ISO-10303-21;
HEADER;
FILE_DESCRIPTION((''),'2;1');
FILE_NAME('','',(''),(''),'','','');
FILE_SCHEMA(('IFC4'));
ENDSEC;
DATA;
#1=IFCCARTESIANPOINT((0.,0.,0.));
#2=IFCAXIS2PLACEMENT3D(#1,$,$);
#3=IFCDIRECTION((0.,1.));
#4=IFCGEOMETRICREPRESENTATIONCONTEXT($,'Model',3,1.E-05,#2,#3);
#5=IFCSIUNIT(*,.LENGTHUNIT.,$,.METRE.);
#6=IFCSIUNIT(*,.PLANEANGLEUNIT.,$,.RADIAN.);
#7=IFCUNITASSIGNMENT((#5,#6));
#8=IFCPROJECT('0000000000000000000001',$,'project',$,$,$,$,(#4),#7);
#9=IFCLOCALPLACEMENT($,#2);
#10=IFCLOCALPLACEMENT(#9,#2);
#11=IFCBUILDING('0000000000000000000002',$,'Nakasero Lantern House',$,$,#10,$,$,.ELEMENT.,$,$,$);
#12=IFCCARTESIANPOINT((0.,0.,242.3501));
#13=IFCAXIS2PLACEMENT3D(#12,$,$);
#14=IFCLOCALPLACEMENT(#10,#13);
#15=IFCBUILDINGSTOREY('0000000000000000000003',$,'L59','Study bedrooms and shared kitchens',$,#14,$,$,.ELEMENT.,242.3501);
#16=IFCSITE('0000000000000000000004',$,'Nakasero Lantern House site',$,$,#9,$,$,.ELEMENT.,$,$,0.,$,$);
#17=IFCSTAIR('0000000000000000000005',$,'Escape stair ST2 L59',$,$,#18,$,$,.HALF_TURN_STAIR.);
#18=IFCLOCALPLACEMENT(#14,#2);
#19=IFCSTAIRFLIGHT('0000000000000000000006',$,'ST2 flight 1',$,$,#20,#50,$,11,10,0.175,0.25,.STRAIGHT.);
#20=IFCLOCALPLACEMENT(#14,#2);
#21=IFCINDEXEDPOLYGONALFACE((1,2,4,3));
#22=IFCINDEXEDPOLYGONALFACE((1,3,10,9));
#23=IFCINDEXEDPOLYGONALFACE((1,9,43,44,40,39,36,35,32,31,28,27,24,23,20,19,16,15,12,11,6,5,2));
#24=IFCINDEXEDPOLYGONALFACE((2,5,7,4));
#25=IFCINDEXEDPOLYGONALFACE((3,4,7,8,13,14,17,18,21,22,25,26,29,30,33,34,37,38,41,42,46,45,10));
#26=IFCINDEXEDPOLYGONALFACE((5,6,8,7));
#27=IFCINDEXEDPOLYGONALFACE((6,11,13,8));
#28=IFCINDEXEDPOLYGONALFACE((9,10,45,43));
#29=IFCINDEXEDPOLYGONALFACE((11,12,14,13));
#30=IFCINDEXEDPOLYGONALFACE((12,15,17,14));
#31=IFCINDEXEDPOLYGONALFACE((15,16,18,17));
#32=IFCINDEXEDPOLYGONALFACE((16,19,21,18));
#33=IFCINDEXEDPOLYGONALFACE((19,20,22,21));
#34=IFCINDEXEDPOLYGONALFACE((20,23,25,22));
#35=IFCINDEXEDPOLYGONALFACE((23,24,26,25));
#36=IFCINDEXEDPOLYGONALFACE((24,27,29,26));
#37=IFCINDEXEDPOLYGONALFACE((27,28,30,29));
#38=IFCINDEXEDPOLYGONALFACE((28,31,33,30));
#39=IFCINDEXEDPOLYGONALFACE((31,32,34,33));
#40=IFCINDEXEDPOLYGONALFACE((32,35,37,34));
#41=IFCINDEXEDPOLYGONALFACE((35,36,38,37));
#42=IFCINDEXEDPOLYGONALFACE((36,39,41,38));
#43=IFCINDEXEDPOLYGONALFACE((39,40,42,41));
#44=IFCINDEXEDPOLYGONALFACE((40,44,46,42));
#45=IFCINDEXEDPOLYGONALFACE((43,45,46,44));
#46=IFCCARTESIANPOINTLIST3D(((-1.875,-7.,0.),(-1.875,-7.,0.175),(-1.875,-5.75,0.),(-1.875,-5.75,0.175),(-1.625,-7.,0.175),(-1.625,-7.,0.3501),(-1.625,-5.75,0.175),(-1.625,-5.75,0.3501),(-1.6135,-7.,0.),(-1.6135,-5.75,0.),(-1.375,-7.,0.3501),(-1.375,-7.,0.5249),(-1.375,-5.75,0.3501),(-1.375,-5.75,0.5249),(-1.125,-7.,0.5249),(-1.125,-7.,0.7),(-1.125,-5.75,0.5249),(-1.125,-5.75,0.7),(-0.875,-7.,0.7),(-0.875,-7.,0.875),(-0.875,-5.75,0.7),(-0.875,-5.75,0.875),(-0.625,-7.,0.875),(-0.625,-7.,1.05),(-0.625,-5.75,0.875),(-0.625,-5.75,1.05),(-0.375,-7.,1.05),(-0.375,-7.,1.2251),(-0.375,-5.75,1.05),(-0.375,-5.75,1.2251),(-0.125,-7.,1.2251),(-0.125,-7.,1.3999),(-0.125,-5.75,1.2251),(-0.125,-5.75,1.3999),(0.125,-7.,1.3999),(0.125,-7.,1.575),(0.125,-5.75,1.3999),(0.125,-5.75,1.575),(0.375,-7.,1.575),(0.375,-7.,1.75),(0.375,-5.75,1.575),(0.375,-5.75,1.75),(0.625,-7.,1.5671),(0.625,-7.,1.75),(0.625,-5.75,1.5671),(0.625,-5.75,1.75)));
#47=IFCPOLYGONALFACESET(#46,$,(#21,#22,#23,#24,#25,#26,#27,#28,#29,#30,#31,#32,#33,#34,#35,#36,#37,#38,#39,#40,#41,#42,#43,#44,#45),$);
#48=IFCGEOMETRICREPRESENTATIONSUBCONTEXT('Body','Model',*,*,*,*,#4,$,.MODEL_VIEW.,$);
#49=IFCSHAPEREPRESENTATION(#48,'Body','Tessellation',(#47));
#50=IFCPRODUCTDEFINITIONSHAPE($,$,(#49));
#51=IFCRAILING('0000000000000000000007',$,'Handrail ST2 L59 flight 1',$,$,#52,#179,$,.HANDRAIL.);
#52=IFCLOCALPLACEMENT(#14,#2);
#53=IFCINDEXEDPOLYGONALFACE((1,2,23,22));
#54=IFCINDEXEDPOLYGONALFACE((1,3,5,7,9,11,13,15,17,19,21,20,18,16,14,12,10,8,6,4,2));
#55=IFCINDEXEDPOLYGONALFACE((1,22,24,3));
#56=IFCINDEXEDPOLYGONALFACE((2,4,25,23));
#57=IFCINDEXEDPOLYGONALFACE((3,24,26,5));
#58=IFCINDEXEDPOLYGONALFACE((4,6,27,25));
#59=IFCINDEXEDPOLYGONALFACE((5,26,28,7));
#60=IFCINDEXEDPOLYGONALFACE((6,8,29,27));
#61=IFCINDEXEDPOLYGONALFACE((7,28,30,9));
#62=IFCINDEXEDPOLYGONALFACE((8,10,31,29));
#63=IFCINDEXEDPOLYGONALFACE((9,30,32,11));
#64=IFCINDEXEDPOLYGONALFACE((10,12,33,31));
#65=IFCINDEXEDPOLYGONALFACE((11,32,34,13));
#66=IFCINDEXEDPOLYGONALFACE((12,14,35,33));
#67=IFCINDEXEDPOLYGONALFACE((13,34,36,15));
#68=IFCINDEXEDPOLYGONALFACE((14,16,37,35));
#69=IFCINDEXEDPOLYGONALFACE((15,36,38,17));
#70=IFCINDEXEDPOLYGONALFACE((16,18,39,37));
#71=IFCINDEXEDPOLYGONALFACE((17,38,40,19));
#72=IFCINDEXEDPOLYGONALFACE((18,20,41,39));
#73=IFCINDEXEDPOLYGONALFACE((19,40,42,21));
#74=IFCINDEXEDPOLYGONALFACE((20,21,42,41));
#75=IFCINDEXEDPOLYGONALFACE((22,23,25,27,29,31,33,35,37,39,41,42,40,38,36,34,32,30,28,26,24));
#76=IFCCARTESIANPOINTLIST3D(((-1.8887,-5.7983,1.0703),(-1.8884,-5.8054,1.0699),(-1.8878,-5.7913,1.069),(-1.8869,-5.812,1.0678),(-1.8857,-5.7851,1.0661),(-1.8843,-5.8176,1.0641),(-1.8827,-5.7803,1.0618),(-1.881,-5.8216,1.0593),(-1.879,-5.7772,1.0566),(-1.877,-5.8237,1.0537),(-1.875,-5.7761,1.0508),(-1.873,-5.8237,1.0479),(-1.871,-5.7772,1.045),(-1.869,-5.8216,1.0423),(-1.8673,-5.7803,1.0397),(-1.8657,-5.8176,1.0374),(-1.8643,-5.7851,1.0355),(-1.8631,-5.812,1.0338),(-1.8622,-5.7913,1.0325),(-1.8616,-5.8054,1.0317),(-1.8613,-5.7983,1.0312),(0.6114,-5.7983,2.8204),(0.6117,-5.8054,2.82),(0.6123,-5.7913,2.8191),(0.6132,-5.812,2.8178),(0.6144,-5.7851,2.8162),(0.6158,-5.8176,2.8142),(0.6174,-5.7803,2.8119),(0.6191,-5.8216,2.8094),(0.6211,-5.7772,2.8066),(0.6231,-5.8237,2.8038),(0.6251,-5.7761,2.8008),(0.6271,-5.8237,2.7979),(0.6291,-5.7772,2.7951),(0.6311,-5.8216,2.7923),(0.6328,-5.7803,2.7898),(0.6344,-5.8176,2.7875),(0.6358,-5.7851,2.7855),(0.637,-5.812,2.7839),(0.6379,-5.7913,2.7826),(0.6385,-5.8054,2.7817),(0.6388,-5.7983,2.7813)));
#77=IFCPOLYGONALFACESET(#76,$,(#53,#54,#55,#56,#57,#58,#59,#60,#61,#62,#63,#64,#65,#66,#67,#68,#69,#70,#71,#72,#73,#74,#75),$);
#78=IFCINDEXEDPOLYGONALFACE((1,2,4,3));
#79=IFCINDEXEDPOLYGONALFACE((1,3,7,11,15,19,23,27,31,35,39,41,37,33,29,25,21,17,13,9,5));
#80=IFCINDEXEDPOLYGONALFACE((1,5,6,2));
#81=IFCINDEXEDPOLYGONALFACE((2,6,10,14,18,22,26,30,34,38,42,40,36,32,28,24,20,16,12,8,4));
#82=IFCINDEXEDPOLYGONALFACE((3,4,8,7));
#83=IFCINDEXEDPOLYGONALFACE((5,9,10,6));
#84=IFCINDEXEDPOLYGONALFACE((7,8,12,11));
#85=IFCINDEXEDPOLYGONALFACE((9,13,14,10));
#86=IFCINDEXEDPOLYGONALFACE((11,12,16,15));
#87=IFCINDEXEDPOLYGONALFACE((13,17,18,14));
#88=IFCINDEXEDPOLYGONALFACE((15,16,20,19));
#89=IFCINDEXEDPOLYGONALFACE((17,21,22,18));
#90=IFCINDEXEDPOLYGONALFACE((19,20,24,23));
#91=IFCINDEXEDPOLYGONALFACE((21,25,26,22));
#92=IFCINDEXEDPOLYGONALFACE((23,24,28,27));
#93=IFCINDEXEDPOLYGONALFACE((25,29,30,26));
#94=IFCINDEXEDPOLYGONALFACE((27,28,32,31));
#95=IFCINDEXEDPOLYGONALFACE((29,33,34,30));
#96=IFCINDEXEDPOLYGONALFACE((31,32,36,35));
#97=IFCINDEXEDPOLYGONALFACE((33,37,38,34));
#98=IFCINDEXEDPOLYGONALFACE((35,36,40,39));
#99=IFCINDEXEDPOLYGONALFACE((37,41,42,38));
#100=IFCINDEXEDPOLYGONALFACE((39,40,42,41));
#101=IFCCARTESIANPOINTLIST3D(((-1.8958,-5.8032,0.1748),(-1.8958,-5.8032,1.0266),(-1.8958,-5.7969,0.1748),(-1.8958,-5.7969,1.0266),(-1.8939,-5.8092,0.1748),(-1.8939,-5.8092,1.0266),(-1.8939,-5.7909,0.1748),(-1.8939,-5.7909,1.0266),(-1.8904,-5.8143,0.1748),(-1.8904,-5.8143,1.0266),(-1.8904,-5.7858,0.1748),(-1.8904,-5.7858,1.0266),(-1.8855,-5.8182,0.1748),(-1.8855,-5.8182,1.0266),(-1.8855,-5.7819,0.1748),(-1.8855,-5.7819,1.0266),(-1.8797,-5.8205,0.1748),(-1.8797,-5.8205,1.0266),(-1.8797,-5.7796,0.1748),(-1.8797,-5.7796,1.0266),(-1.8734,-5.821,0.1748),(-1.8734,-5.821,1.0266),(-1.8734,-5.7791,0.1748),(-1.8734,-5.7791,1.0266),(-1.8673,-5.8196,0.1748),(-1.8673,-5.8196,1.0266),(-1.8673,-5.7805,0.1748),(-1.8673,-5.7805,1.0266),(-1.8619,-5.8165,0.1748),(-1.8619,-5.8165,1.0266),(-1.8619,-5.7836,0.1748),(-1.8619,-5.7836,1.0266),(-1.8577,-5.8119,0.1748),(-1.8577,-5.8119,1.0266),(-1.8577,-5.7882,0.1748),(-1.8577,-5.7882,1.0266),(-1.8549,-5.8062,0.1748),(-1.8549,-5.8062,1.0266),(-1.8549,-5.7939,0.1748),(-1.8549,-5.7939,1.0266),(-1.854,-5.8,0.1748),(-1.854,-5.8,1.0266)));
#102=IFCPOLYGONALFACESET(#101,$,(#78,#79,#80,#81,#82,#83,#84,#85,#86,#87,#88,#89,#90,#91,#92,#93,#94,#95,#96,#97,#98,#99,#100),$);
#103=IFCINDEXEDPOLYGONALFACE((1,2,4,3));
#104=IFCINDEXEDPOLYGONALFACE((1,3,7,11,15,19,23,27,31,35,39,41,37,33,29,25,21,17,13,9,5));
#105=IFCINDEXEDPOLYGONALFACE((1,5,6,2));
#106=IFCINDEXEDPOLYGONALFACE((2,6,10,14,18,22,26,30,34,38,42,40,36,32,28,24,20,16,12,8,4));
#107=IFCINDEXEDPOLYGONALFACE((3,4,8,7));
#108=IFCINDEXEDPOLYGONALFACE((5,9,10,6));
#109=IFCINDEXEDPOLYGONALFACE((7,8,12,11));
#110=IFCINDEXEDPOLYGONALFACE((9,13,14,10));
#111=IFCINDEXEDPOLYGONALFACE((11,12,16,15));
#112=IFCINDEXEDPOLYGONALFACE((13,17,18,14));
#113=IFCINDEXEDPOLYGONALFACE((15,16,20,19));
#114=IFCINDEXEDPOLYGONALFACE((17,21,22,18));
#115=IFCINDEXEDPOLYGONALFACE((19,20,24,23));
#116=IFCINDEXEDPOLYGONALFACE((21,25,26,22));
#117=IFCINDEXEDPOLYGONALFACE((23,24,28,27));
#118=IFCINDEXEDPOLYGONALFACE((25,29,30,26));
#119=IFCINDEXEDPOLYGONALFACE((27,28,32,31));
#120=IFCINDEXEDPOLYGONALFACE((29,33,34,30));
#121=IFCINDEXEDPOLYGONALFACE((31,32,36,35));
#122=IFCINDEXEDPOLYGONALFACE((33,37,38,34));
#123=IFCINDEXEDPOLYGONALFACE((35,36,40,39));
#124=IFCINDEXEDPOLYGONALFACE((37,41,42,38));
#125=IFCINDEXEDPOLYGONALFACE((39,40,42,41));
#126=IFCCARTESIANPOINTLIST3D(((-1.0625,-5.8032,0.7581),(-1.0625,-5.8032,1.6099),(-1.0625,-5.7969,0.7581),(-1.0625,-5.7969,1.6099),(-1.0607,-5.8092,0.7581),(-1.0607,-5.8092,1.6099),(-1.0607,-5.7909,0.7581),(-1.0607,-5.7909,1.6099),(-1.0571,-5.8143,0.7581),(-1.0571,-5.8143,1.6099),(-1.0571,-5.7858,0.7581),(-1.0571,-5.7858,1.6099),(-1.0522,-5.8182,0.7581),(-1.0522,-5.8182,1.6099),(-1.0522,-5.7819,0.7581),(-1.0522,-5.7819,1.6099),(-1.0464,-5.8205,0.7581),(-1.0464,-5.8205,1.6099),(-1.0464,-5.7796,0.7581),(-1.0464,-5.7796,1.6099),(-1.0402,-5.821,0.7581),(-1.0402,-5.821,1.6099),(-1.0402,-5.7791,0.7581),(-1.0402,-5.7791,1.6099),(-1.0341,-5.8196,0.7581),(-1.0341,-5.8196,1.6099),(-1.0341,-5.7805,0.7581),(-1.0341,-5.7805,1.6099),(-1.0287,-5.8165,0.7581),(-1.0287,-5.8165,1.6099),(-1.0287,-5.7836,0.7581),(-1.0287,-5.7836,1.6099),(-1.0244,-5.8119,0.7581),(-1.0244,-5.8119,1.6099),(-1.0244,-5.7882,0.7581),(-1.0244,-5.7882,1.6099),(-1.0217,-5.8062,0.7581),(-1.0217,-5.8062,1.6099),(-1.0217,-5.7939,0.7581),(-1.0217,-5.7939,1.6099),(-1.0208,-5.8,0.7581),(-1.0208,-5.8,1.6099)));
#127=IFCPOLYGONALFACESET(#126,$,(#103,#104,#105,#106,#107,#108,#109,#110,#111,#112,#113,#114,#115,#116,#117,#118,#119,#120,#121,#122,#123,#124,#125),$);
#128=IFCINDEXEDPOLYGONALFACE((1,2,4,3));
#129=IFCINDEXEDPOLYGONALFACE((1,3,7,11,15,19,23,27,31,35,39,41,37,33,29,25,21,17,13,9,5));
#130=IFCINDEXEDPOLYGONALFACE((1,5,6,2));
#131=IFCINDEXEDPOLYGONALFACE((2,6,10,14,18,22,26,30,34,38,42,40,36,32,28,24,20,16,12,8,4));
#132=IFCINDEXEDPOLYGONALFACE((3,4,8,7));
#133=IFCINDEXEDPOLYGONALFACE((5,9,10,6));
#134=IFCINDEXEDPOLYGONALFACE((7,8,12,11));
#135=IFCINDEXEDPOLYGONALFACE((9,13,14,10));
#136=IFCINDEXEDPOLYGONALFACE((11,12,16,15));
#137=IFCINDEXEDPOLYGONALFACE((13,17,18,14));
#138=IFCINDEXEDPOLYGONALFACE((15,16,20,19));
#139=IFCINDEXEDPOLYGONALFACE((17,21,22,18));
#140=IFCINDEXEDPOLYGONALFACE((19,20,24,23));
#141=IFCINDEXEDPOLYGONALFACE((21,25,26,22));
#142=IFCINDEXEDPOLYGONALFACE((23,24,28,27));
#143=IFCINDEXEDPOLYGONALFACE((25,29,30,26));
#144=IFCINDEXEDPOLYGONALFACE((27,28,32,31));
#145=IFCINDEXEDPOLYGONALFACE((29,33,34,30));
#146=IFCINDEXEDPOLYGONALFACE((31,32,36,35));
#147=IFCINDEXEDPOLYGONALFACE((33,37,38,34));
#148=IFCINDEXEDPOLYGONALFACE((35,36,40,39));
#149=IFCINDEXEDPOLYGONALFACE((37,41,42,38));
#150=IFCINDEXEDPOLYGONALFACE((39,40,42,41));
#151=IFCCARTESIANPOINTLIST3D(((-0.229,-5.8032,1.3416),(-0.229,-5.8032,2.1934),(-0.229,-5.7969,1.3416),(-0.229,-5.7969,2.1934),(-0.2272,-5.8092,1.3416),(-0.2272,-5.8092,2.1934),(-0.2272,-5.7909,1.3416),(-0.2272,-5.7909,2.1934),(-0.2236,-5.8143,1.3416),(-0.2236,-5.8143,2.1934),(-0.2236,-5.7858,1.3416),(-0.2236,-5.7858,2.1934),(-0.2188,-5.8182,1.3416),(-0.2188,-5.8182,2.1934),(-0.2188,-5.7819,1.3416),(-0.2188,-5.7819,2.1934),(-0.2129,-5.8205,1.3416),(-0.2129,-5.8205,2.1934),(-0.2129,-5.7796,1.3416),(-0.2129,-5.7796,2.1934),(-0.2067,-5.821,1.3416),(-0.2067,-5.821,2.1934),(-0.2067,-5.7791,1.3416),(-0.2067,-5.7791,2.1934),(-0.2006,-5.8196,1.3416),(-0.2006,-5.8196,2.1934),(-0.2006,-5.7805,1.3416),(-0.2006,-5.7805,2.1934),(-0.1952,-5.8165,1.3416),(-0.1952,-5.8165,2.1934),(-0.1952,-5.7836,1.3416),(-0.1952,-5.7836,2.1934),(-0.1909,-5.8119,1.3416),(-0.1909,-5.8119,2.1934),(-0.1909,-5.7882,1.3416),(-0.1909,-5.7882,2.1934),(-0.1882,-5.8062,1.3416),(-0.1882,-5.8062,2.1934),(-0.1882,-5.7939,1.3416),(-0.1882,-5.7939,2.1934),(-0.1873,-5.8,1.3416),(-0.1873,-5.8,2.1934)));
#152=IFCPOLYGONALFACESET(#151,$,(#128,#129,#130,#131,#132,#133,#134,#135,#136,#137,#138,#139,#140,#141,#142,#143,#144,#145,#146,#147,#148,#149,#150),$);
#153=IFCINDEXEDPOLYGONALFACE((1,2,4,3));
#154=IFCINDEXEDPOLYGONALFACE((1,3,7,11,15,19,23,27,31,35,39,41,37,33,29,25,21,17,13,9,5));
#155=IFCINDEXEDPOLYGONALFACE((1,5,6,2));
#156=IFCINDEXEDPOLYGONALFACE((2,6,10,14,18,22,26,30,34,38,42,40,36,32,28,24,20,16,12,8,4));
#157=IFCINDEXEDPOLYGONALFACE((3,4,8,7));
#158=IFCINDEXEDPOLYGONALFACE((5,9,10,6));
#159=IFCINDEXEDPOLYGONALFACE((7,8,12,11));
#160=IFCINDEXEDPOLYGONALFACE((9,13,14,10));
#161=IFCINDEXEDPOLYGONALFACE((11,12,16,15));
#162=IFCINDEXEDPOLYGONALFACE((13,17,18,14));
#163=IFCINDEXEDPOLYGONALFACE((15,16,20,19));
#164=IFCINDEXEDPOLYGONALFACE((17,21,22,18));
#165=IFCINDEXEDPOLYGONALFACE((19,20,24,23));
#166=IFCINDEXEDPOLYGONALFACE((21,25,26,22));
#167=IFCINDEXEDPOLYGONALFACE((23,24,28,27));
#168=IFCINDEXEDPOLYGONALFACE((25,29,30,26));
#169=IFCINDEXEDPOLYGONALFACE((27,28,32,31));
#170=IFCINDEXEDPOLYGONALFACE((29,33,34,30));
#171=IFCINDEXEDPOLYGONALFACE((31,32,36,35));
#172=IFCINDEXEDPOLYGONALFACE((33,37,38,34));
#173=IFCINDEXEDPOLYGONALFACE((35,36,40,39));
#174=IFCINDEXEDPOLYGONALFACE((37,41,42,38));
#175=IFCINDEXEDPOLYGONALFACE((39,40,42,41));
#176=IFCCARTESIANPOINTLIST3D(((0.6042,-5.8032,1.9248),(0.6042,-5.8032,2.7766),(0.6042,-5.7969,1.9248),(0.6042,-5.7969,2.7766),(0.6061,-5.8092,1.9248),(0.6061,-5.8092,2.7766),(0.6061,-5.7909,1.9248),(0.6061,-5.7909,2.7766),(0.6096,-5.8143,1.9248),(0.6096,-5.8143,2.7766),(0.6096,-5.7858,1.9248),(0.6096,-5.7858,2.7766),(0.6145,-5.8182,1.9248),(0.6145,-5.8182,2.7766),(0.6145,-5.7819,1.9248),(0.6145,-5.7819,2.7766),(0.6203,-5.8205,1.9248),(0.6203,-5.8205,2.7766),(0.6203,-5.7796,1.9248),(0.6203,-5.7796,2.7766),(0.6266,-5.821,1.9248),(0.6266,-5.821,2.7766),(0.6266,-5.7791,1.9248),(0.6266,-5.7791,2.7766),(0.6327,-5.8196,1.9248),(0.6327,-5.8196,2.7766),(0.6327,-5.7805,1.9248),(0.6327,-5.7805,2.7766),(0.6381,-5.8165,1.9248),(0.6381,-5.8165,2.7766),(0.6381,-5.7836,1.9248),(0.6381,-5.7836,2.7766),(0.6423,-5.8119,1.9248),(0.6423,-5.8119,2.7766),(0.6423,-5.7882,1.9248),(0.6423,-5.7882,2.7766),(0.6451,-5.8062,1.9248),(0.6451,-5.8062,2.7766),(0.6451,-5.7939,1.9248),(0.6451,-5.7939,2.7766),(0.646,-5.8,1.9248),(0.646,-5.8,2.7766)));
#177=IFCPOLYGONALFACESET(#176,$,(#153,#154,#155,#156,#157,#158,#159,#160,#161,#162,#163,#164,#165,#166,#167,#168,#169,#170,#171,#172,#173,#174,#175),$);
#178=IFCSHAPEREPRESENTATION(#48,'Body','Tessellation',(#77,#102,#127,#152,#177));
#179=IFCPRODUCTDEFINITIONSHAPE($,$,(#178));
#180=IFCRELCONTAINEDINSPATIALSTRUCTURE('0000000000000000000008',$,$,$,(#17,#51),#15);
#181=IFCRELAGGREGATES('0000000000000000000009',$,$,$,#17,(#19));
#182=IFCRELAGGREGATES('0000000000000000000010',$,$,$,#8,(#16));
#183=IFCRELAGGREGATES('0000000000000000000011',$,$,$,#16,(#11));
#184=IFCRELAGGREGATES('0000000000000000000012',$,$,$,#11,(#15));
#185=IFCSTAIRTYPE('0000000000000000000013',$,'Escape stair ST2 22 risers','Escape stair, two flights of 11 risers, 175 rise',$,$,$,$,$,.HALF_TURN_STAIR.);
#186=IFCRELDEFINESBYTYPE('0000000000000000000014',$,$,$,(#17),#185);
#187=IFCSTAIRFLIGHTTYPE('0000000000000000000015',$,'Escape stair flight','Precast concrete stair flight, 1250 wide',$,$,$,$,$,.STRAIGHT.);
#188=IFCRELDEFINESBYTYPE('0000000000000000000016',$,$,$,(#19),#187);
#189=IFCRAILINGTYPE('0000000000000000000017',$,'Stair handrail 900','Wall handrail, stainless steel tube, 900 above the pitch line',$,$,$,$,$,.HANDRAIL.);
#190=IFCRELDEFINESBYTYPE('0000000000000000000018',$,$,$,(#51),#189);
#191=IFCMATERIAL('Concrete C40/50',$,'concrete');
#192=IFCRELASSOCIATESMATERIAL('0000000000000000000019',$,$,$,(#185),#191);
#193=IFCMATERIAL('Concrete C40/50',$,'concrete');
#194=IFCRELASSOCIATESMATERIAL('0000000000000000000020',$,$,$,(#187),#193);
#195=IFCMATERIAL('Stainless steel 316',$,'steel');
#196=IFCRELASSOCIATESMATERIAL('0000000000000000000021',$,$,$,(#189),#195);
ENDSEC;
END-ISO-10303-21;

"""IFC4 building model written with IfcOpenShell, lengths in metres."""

from ifc_helpers import new_model, si_unit, direction, frame, origin, origin_2d, place, context, subcontext, project, spatial, polyline, circle, outline, extrude, material, type_object, element, aggregate, save


model = new_model("IFC4")

# Units and contexts
model_context = context("Model", 3, precision=1e-05, world=origin(), true_north=direction((0.0, 1.0)))
body_context = subcontext(model_context, "Body", "Model", "MODEL_VIEW")
ifc_project = project(units=[si_unit("LENGTHUNIT", "METRE"), si_unit("PLANEANGLEUNIT", "RADIAN")], contexts=[model_context])

# Site, building, storey
site_placement = place(None, origin())
site = spatial("IfcSite", under=ifc_project, at=site_placement, Name="Nakasero Lantern House site", CompositionType="ELEMENT", RefElevation=0.0)
building_placement = place(site_placement, origin())
building = spatial("IfcBuilding", under=site, at=building_placement, Name="Nakasero Lantern House", CompositionType="ELEMENT")
storey_placement = place(building_placement, frame((0.0, 0.0, 242.3501)))
storey = spatial("IfcBuildingStorey", under=building, at=storey_placement, Name="L59", Description="Study bedrooms and shared kitchens", CompositionType="ELEMENT", Elevation=242.3501)

# Stair, stair flight
ifc_material_1 = material(Name="Concrete C40/50", Category="concrete")
stair_type = type_object("IfcStairType", Name="Escape stair ST2 22 risers", Description="Escape stair, two flights of 11 risers, 175 rise", PredefinedType="HALF_TURN_STAIR", material=ifc_material_1)
stair_placement = place(storey_placement, origin())
stair = element("IfcStair", 1, at=stair_placement, inside=storey, type_object=stair_type, Name="Escape stair ST2 L59", PredefinedType="HALF_TURN_STAIR")
ifc_material_2 = material(Name="Concrete C40/50", Category="concrete")
stair_flight_type = type_object("IfcStairFlightType", Name="Escape stair flight", Description="Precast concrete stair flight, 1250 wide", PredefinedType="STRAIGHT", material=ifc_material_2)
stair_flight_placement = place(storey_placement, frame((-1.875, -6.375, 0.0), z_axis=(0.0, 0.0, 1.0), x_axis=(1.0, 0.0, 0.0)))
stair_flight = element("IfcStairFlight", 2, at=stair_flight_placement, type_object=stair_flight_type, Name="ST2 flight 1", NumberOfRisers=11, NumberOfTreads=10, PredefinedType="STRAIGHT", RiserHeight=0.175, TreadLength=0.25, context=body_context, shape_type="SweptSolid", body=[
    extrude(outline(polyline([(0.0, 0.0), (0.0, 0.175), (0.25, 0.175), (0.25, 0.3501), (0.5, 0.3501), (0.5, 0.5249), (0.75, 0.5249), (0.75, 0.7), (1.0, 0.7), (1.0, 0.875), (1.25, 0.875), (1.25, 1.05), (1.5, 1.05), (1.5, 1.2251), (1.75, 1.2251), (1.75, 1.3999), (2.0, 1.3999), (2.0, 1.575), (2.25, 1.575), (2.25, 1.75), (2.5, 1.75), (2.5, 1.925), (2.5, 1.5671), (0.2615, 0.0), (0.0, 0.0)])), frame((0.0, 0.625, 0.0), z_axis=(0.0, -1.0, 0.0), x_axis=(1.0, 0.0, 0.0)), (0.0, 0.0, 1.0), 1.25),
])
aggregate(stair, [stair_flight])

# Railing
ifc_material_3 = material(Name="Stainless steel 316", Category="steel")
railing_type = type_object("IfcRailingType", Name="Stair handrail 900", Description="Wall handrail, stainless steel tube, 900 above the pitch line", PredefinedType="HANDRAIL", material=ifc_material_3)
railing_placement = place(storey_placement, frame((-1.875, -5.8, 0.1748)))
element("IfcRailing", 3, at=railing_placement, inside=storey, type_object=railing_type, Name="Handrail ST2 L59 flight 1", PredefinedType="HANDRAIL", context=body_context, shape_type="SweptSolid", body=[
    extrude(circle(Radius=0.0239, at=origin_2d()), frame((0.0, 0.0, 0.876), z_axis=(0.819232, 0.0, 0.573462), x_axis=(0.0, 1.0, 0.0)), (0.0, 0.0, 1.0), 3.0518),
    extrude(circle(Radius=0.021, at=origin_2d()), origin(), (0.0, 0.0, 1.0), 0.8518),
    extrude(circle(Radius=0.021, at=origin_2d()), frame((0.8333, 0.0, 0.5833)), (0.0, 0.0, 1.0), 0.8518),
    extrude(circle(Radius=0.021, at=origin_2d()), frame((1.6667, 0.0, 1.1667)), (0.0, 0.0, 1.0), 0.8518),
    extrude(circle(Radius=0.021, at=origin_2d()), frame((2.5, 0.0, 1.75)), (0.0, 0.0, 1.0), 0.8518),
])

save(model, "model.ifc")
